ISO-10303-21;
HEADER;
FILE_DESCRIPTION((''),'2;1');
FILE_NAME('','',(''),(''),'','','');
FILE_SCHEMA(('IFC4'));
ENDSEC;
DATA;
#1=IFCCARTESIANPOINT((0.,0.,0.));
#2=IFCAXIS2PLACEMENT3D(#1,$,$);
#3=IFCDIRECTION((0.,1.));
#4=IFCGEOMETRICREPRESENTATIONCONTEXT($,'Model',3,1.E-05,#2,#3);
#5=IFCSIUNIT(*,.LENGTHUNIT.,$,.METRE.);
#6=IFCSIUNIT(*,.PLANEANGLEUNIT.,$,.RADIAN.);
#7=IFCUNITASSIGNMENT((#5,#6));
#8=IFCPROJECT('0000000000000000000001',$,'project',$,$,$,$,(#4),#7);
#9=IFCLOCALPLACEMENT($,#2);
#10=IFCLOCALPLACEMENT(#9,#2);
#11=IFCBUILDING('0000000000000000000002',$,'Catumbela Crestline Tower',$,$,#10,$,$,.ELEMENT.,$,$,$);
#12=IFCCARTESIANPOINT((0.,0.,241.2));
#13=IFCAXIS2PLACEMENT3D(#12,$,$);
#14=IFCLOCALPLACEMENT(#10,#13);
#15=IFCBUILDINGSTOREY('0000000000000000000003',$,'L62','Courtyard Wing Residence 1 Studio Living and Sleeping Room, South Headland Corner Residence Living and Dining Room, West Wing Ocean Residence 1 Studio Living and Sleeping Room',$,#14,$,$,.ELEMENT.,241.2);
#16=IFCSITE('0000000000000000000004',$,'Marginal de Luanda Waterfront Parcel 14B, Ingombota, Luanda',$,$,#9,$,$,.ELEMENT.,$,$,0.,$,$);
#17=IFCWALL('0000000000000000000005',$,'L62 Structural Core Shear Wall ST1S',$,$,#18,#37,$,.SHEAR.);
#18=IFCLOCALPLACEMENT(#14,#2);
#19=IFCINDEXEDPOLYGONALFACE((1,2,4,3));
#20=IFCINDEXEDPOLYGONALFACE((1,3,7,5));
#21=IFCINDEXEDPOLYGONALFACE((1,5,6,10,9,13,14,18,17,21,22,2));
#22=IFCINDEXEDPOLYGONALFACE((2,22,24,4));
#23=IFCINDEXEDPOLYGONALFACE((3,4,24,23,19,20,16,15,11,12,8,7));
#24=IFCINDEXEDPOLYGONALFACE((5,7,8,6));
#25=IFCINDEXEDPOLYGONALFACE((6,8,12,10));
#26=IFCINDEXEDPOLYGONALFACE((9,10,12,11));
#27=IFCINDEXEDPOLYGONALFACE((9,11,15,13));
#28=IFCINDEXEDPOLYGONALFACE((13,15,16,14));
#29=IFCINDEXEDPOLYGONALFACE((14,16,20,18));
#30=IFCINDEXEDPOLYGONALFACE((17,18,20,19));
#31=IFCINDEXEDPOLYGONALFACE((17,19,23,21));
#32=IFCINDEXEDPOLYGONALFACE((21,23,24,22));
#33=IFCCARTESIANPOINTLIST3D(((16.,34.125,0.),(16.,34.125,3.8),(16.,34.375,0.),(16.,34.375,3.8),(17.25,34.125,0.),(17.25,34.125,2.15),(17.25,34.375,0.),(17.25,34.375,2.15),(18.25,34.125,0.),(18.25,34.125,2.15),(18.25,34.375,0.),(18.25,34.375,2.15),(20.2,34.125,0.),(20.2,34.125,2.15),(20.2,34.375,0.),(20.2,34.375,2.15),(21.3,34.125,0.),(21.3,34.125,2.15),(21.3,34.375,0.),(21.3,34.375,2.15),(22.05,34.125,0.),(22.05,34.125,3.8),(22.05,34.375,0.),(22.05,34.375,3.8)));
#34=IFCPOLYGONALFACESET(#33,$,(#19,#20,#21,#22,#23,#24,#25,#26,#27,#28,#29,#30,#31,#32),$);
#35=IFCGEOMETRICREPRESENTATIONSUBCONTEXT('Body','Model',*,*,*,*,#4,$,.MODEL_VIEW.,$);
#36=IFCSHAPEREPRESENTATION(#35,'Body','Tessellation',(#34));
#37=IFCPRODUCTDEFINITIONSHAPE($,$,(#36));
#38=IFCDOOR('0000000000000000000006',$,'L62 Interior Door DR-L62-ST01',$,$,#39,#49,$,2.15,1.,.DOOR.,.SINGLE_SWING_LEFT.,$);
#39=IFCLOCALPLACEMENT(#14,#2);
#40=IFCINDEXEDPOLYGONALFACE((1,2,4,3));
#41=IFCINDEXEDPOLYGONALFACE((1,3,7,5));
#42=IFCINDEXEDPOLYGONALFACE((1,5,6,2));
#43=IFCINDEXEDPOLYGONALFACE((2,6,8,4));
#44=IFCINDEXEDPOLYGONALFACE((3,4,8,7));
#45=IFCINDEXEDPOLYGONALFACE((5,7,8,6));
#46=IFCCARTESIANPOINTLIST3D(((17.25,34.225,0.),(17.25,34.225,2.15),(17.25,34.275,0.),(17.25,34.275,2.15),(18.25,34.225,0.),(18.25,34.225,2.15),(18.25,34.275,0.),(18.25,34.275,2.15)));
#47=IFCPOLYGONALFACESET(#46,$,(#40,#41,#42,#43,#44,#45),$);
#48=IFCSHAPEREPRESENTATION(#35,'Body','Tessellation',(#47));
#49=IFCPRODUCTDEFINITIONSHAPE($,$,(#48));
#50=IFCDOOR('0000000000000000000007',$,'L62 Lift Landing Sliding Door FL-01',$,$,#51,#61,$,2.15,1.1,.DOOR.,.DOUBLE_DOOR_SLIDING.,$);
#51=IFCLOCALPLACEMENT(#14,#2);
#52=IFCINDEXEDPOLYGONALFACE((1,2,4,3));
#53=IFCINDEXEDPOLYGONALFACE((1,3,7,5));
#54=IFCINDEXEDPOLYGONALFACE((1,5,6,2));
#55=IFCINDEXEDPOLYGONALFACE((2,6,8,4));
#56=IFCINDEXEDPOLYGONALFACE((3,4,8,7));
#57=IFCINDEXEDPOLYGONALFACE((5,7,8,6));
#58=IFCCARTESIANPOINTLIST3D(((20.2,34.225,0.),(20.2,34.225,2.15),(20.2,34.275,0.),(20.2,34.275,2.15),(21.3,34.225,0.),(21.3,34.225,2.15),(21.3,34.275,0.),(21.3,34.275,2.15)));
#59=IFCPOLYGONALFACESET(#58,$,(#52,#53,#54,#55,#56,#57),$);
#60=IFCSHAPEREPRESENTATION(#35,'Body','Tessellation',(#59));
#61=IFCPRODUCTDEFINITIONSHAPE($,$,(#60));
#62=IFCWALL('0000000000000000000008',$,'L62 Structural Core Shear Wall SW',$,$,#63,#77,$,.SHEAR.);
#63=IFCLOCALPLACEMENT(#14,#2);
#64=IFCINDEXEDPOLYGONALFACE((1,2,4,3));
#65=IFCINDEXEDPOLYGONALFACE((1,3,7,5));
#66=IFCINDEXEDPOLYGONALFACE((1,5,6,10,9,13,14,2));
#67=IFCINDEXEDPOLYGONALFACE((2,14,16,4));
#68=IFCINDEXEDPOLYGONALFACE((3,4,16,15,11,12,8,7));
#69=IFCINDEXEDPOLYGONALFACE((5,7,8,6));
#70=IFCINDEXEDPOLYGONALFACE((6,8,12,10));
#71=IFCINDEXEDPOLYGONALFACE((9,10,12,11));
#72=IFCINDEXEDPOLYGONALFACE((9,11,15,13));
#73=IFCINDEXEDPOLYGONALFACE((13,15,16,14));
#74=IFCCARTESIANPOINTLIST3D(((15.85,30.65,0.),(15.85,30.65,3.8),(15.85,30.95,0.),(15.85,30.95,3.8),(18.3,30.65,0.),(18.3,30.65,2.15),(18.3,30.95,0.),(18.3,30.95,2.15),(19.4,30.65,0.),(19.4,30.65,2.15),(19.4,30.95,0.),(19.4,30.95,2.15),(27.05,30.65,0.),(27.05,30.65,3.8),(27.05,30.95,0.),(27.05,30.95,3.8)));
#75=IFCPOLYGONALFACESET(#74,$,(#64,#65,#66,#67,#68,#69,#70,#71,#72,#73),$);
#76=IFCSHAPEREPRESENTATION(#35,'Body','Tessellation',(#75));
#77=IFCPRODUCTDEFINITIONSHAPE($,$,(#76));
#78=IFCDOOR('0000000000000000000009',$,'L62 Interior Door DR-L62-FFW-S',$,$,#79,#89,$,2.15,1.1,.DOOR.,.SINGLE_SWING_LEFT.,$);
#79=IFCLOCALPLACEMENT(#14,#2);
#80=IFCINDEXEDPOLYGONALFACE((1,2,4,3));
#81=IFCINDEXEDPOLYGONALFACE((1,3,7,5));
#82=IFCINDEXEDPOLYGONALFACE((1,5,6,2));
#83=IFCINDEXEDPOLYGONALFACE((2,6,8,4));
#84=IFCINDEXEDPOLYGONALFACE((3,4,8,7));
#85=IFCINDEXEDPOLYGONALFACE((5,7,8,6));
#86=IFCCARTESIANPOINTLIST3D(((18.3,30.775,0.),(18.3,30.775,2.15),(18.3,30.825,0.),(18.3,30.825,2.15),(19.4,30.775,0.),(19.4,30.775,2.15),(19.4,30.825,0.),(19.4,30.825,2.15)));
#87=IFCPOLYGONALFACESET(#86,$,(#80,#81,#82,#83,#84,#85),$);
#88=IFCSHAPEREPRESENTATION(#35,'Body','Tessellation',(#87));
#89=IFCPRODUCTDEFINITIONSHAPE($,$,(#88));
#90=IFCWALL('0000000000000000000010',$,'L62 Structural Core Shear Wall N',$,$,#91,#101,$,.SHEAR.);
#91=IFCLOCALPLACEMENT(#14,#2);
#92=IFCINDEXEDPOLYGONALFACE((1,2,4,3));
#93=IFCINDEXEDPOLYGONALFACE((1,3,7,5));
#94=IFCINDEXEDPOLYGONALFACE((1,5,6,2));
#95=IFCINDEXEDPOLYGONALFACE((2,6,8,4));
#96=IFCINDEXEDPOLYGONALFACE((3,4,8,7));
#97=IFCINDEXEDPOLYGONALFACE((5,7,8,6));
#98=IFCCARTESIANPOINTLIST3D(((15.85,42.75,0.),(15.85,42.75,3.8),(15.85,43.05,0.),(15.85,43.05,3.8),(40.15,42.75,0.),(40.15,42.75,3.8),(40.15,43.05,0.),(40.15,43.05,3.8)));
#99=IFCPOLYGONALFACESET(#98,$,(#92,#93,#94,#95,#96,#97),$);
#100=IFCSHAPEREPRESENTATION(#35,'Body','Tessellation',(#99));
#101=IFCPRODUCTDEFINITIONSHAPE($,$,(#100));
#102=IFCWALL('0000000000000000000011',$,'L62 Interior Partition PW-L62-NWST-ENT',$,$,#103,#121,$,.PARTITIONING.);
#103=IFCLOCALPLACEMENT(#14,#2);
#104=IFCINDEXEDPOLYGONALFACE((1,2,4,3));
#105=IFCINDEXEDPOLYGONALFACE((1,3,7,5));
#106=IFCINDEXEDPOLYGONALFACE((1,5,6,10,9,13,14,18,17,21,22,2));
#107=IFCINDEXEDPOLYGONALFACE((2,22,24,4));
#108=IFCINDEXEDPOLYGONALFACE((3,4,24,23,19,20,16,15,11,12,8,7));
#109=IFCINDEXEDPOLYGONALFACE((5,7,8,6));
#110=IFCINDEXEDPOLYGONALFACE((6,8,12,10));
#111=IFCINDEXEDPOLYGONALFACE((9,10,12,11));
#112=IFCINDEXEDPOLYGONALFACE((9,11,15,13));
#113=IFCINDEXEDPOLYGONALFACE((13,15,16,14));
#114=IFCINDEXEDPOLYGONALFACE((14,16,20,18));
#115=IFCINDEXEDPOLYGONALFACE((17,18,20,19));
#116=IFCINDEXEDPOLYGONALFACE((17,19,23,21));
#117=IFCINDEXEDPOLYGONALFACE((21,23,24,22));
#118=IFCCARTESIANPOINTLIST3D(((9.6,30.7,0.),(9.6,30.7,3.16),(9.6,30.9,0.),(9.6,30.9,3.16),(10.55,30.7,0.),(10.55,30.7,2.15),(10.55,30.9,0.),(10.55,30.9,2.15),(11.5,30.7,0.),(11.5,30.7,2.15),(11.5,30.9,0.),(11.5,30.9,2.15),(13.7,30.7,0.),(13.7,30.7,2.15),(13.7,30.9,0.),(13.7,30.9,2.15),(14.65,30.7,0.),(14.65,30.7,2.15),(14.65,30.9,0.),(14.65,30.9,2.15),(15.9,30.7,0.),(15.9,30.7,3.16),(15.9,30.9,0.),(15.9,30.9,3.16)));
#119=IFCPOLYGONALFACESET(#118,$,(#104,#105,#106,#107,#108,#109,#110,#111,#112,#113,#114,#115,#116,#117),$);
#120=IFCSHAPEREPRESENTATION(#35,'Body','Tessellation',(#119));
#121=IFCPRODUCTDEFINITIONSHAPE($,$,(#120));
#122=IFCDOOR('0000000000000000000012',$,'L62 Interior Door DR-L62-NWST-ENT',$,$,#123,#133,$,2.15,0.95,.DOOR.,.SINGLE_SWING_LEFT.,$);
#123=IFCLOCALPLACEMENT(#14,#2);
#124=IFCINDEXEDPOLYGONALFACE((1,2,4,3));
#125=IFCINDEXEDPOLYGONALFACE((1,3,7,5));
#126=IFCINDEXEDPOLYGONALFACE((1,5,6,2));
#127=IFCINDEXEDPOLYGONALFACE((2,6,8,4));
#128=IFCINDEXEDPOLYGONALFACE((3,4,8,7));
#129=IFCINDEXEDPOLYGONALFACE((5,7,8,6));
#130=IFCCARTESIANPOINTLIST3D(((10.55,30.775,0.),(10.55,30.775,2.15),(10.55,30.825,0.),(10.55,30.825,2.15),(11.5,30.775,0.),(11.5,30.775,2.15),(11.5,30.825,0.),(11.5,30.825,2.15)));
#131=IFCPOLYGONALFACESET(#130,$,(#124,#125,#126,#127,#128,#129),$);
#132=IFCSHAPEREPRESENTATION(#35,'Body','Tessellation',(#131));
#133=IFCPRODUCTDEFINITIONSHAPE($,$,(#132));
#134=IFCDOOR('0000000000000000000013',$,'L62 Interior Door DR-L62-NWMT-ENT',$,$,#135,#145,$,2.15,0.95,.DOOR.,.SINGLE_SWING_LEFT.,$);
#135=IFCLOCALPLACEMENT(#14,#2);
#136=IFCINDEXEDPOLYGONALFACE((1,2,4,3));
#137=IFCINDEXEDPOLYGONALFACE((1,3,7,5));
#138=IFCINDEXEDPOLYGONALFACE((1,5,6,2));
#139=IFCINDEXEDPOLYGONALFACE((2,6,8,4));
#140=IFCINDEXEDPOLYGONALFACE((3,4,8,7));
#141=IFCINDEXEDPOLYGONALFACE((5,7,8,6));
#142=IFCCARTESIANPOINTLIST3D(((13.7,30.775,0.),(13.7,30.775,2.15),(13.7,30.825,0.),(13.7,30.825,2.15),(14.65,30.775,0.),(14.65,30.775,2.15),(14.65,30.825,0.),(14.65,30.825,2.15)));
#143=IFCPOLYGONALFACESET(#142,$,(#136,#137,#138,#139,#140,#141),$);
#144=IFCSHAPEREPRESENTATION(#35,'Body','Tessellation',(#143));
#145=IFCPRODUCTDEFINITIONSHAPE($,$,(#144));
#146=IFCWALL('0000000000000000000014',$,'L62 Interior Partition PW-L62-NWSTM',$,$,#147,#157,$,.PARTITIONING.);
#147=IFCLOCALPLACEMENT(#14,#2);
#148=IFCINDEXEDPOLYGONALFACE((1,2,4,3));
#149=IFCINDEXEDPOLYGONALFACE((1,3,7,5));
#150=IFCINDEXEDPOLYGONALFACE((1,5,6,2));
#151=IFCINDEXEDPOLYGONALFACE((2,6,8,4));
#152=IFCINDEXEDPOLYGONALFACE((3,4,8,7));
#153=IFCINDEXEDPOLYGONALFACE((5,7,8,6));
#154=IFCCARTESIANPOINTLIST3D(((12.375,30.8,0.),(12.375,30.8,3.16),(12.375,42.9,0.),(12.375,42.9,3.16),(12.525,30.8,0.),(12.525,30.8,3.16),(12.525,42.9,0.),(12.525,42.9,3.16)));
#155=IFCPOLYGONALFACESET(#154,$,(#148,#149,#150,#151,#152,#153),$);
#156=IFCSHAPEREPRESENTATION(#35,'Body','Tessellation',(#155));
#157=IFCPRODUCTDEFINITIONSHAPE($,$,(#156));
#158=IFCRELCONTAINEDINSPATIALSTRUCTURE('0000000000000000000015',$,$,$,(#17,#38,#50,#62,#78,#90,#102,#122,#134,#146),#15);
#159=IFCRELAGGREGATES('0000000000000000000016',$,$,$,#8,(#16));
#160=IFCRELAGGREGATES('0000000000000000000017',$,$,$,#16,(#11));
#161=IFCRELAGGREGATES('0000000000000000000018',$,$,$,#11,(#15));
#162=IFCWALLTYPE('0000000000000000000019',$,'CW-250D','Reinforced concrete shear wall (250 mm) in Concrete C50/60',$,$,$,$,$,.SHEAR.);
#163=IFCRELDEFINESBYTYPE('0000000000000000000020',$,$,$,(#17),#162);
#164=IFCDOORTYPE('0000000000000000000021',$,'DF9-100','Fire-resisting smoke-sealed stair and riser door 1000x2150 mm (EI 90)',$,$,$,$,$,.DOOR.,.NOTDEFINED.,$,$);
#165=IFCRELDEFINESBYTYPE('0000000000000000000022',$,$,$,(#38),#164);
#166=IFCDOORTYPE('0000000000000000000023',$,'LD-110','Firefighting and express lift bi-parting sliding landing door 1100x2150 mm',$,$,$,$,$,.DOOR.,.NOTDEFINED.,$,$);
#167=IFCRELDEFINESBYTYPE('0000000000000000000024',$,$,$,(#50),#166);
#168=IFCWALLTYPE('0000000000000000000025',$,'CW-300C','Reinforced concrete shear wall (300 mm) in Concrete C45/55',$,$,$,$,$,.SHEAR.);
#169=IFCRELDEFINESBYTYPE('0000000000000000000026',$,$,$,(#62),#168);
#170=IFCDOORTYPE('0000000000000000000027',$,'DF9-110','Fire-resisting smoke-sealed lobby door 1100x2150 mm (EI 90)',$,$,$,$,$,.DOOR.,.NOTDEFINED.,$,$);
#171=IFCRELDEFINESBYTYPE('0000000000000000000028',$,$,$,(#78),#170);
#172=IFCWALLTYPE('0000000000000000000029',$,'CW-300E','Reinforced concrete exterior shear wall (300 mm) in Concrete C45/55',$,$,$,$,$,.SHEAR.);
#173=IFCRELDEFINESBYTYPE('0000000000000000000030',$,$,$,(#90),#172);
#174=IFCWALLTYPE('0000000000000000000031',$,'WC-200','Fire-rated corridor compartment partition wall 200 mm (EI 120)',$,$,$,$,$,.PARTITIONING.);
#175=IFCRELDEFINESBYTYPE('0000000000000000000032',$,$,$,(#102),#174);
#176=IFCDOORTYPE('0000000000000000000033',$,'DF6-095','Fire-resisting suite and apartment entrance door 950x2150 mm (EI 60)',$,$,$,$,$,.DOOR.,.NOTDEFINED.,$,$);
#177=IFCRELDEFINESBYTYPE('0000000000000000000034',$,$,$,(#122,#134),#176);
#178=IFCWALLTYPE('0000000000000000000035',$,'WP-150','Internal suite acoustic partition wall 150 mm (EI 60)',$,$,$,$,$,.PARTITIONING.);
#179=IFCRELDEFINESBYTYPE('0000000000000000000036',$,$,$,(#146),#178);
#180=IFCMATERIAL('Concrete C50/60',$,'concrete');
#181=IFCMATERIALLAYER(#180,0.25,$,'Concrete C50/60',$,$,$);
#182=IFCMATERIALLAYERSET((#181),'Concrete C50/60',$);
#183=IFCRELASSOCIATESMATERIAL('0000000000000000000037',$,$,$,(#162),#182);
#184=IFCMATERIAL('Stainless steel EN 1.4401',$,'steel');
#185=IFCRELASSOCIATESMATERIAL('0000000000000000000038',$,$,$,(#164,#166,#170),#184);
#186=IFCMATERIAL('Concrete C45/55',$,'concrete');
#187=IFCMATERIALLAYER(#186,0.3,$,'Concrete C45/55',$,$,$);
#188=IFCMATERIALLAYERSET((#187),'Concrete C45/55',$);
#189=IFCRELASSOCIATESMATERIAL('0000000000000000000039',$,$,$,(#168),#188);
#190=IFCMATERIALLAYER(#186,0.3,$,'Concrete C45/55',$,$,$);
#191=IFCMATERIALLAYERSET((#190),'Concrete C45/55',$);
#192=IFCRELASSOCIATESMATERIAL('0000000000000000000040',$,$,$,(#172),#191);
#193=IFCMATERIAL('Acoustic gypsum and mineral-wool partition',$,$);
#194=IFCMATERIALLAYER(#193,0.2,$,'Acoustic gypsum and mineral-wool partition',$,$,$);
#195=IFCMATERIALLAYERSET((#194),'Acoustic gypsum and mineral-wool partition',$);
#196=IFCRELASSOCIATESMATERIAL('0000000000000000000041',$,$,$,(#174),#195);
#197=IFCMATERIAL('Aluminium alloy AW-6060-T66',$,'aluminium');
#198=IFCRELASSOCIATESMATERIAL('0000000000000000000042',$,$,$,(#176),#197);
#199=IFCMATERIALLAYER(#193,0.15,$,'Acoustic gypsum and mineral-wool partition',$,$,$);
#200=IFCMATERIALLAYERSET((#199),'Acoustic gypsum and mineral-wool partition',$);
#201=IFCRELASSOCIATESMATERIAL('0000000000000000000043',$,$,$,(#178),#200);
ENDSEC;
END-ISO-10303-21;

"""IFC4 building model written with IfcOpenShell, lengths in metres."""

from ifc_helpers import new_model, si_unit, direction, frame, frame_2d, origin, place, context, subcontext, project, spatial, rectangle, extrude, material, layer, layer_set, type_object, element, fill, save


model = new_model("IFC4")

# Units and contexts
model_context = context("Model", 3, precision=1e-05, world=origin(), true_north=direction((0.0, 1.0)))
body_context = subcontext(model_context, "Body", "Model", "MODEL_VIEW")
ifc_project = project(units=[si_unit("LENGTHUNIT", "METRE"), si_unit("PLANEANGLEUNIT", "RADIAN")], contexts=[model_context])

# Site, building, storey
site_placement = place(None, origin())
site = spatial("IfcSite", under=ifc_project, at=site_placement, Name="Marginal de Luanda Waterfront Parcel 14B, Ingombota, Luanda", CompositionType="ELEMENT", RefElevation=0.0)
building_placement = place(site_placement, origin())
building = spatial("IfcBuilding", under=site, at=building_placement, Name="Catumbela Crestline Tower", CompositionType="ELEMENT")
storey_placement = place(building_placement, frame((0.0, 0.0, 241.2)))
storey = spatial("IfcBuildingStorey", under=building, at=storey_placement, Name="L62", Description="Courtyard Wing Residence 1 Studio Living and Sleeping Room, South Headland Corner Residence Living and Dining Room, West Wing Ocean Residence 1 Studio Living and Sleeping Room", CompositionType="ELEMENT", Elevation=241.2)

# Shared definitions
ifc_material_1 = material(Name="Aluminium alloy AW-6060-T66", Category="aluminium")

# Wall, openings, doors
ifc_material_2 = material(Name="Concrete C50/60", Category="concrete")
ifc_layer_1 = layer(ifc_material_2, 0.25, Name="Concrete C50/60")
ifc_layer_set_1 = layer_set([ifc_layer_1], Name="Concrete C50/60")
wall_type_1 = type_object("IfcWallType", Name="CW-250D", Description="Reinforced concrete shear wall (250 mm) in Concrete C50/60", PredefinedType="SHEAR", material=ifc_layer_set_1)
wall_1_placement = place(storey_placement, frame((16.0, 34.25, 0.0), z_axis=(0.0, 0.0, 1.0), x_axis=(1.0, 0.0, 0.0)))
wall_1 = element("IfcWall", 1, at=wall_1_placement, inside=storey, type_object=wall_type_1, Name="L62 Structural Core Shear Wall ST1S", PredefinedType="SHEAR", context=body_context, shape_type="SweptSolid", body=[
    extrude(rectangle(XDim=6.05, YDim=0.25, at=frame_2d((3.025, 0.0))), origin(), (0.0, 0.0, 1.0), 3.8),
])
opening_1_placement = place(wall_1_placement, frame((1.25, 0.0, 0.0)))
opening_1 = element("IfcOpeningElement", 2, at=opening_1_placement, cuts=wall_1, PredefinedType="OPENING", context=body_context, shape_type="SweptSolid", body=[
    extrude(rectangle(XDim=1.0, YDim=2.15, at=frame_2d((0.5, 1.075))), frame((0.0, 0.135, 0.0), z_axis=(0.0, -1.0, 0.0), x_axis=(1.0, 0.0, 0.0)), (0.0, 0.0, 1.0), 0.27),
])
opening_2_placement = place(wall_1_placement, frame((4.2, 0.0, 0.0)))
opening_2 = element("IfcOpeningElement", 3, at=opening_2_placement, cuts=wall_1, PredefinedType="OPENING", context=body_context, shape_type="SweptSolid", body=[
    extrude(rectangle(XDim=1.1, YDim=2.15, at=frame_2d((0.55, 1.075))), frame((0.0, 0.135, 0.0), z_axis=(0.0, -1.0, 0.0), x_axis=(1.0, 0.0, 0.0)), (0.0, 0.0, 1.0), 0.27),
])
ifc_material_3 = material(Name="Stainless steel EN 1.4401", Category="steel")
door_type_1 = type_object("IfcDoorType", Name="DF9-100", Description="Fire-resisting smoke-sealed stair and riser door 1000x2150 mm (EI 90)", OperationType="NOTDEFINED", PredefinedType="DOOR", material=ifc_material_3)
door_1_placement = place(opening_1_placement, origin())
door_1 = element("IfcDoor", 4, at=door_1_placement, inside=storey, type_object=door_type_1, Name="L62 Interior Door DR-L62-ST01", OperationType="SINGLE_SWING_LEFT", OverallHeight=2.15, OverallWidth=1.0, PredefinedType="DOOR", context=body_context, shape_type="SweptSolid", body=[
    extrude(rectangle(XDim=1.0, YDim=2.15, at=frame_2d((0.5, 1.075))), frame((0.0, 0.025, 0.0), z_axis=(0.0, -1.0, 0.0), x_axis=(1.0, 0.0, 0.0)), (0.0, 0.0, 1.0), 0.05),
])
fill(opening_1, door_1)
door_type_2 = type_object("IfcDoorType", Name="LD-110", Description="Firefighting and express lift bi-parting sliding landing door 1100x2150 mm", OperationType="NOTDEFINED", PredefinedType="DOOR", material=ifc_material_3)
door_2_placement = place(opening_2_placement, origin())
door_2 = element("IfcDoor", 5, at=door_2_placement, inside=storey, type_object=door_type_2, Name="L62 Lift Landing Sliding Door FL-01", OperationType="DOUBLE_DOOR_SLIDING", OverallHeight=2.15, OverallWidth=1.1, PredefinedType="DOOR", context=body_context, shape_type="SweptSolid", body=[
    extrude(rectangle(XDim=1.1, YDim=2.15, at=frame_2d((0.55, 1.075))), frame((0.0, 0.025, 0.0), z_axis=(0.0, -1.0, 0.0), x_axis=(1.0, 0.0, 0.0)), (0.0, 0.0, 1.0), 0.05),
])
fill(opening_2, door_2)

# Wall, opening, door
ifc_material_4 = material(Name="Concrete C45/55", Category="concrete")
ifc_layer_2 = layer(ifc_material_4, 0.3, Name="Concrete C45/55")
ifc_layer_set_2 = layer_set([ifc_layer_2], Name="Concrete C45/55")
wall_type_2 = type_object("IfcWallType", Name="CW-300C", Description="Reinforced concrete shear wall (300 mm) in Concrete C45/55", PredefinedType="SHEAR", material=ifc_layer_set_2)
wall_2_placement = place(storey_placement, frame((15.85, 30.8, 0.0), z_axis=(0.0, 0.0, 1.0), x_axis=(1.0, 0.0, 0.0)))
wall_2 = element("IfcWall", 6, at=wall_2_placement, inside=storey, type_object=wall_type_2, Name="L62 Structural Core Shear Wall SW", PredefinedType="SHEAR", context=body_context, shape_type="SweptSolid", body=[
    extrude(rectangle(XDim=11.2, YDim=0.3, at=frame_2d((5.6, 0.0))), origin(), (0.0, 0.0, 1.0), 3.8),
])
opening_3_placement = place(wall_2_placement, frame((2.45, 0.0, 0.0)))
opening_3 = element("IfcOpeningElement", 7, at=opening_3_placement, cuts=wall_2, PredefinedType="OPENING", context=body_context, shape_type="SweptSolid", body=[
    extrude(rectangle(XDim=1.1, YDim=2.15, at=frame_2d((0.55, 1.075))), frame((0.0, 0.16, 0.0), z_axis=(0.0, -1.0, 0.0), x_axis=(1.0, 0.0, 0.0)), (0.0, 0.0, 1.0), 0.32),
])
door_type_3 = type_object("IfcDoorType", Name="DF9-110", Description="Fire-resisting smoke-sealed lobby door 1100x2150 mm (EI 90)", OperationType="NOTDEFINED", PredefinedType="DOOR", material=ifc_material_3)
door_3_placement = place(opening_3_placement, origin())
door_3 = element("IfcDoor", 8, at=door_3_placement, inside=storey, type_object=door_type_3, Name="L62 Interior Door DR-L62-FFW-S", OperationType="SINGLE_SWING_LEFT", OverallHeight=2.15, OverallWidth=1.1, PredefinedType="DOOR", context=body_context, shape_type="SweptSolid", body=[
    extrude(rectangle(XDim=1.1, YDim=2.15, at=frame_2d((0.55, 1.075))), frame((0.0, 0.025, 0.0), z_axis=(0.0, -1.0, 0.0), x_axis=(1.0, 0.0, 0.0)), (0.0, 0.0, 1.0), 0.05),
])
fill(opening_3, door_3)

# Wall
ifc_layer_3 = layer(ifc_material_4, 0.3, Name="Concrete C45/55")
ifc_layer_set_3 = layer_set([ifc_layer_3], Name="Concrete C45/55")
wall_type_3 = type_object("IfcWallType", Name="CW-300E", Description="Reinforced concrete exterior shear wall (300 mm) in Concrete C45/55", PredefinedType="SHEAR", material=ifc_layer_set_3)
wall_3_placement = place(storey_placement, frame((15.85, 42.9, 0.0), z_axis=(0.0, 0.0, 1.0), x_axis=(1.0, 0.0, 0.0)))
element("IfcWall", 9, at=wall_3_placement, inside=storey, type_object=wall_type_3, Name="L62 Structural Core Shear Wall N", PredefinedType="SHEAR", context=body_context, shape_type="SweptSolid", body=[
    extrude(rectangle(XDim=24.3, YDim=0.3, at=frame_2d((12.15, 0.0))), origin(), (0.0, 0.0, 1.0), 3.8),
])

# Wall, openings, doors
ifc_material_5 = material(Name="Acoustic gypsum and mineral-wool partition")
ifc_layer_4 = layer(ifc_material_5, 0.2, Name="Acoustic gypsum and mineral-wool partition")
ifc_layer_set_4 = layer_set([ifc_layer_4], Name="Acoustic gypsum and mineral-wool partition")
wall_type_4 = type_object("IfcWallType", Name="WC-200", Description="Fire-rated corridor compartment partition wall 200 mm (EI 120)", PredefinedType="PARTITIONING", material=ifc_layer_set_4)
wall_4_placement = place(storey_placement, frame((9.6, 30.8, 0.0), z_axis=(0.0, 0.0, 1.0), x_axis=(1.0, 0.0, 0.0)))
wall_4 = element("IfcWall", 10, at=wall_4_placement, inside=storey, type_object=wall_type_4, Name="L62 Interior Partition PW-L62-NWST-ENT", PredefinedType="PARTITIONING", context=body_context, shape_type="SweptSolid", body=[
    extrude(rectangle(XDim=6.3, YDim=0.2, at=frame_2d((3.15, 0.0))), origin(), (0.0, 0.0, 1.0), 3.16),
])
opening_4_placement = place(wall_4_placement, frame((0.95, 0.0, 0.0)))
opening_4 = element("IfcOpeningElement", 11, at=opening_4_placement, cuts=wall_4, PredefinedType="OPENING", context=body_context, shape_type="SweptSolid", body=[
    extrude(rectangle(XDim=0.95, YDim=2.15, at=frame_2d((0.475, 1.075))), frame((0.0, 0.11, 0.0), z_axis=(0.0, -1.0, 0.0), x_axis=(1.0, 0.0, 0.0)), (0.0, 0.0, 1.0), 0.22),
])
opening_5_placement = place(wall_4_placement, frame((4.1, 0.0, 0.0)))
opening_5 = element("IfcOpeningElement", 12, at=opening_5_placement, cuts=wall_4, PredefinedType="OPENING", context=body_context, shape_type="SweptSolid", body=[
    extrude(rectangle(XDim=0.95, YDim=2.15, at=frame_2d((0.475, 1.075))), frame((0.0, 0.11, 0.0), z_axis=(0.0, -1.0, 0.0), x_axis=(1.0, 0.0, 0.0)), (0.0, 0.0, 1.0), 0.22),
])
door_type_4 = type_object("IfcDoorType", Name="DF6-095", Description="Fire-resisting suite and apartment entrance door 950x2150 mm (EI 60)", OperationType="NOTDEFINED", PredefinedType="DOOR", material=ifc_material_1)
door_4_placement = place(opening_4_placement, origin())
door_4 = element("IfcDoor", 13, at=door_4_placement, inside=storey, type_object=door_type_4, Name="L62 Interior Door DR-L62-NWST-ENT", OperationType="SINGLE_SWING_LEFT", OverallHeight=2.15, OverallWidth=0.95, PredefinedType="DOOR", context=body_context, shape_type="SweptSolid", body=[
    extrude(rectangle(XDim=0.95, YDim=2.15, at=frame_2d((0.475, 1.075))), frame((0.0, 0.025, 0.0), z_axis=(0.0, -1.0, 0.0), x_axis=(1.0, 0.0, 0.0)), (0.0, 0.0, 1.0), 0.05),
])
fill(opening_4, door_4)
door_5_placement = place(opening_5_placement, origin())
door_5 = element("IfcDoor", 14, at=door_5_placement, inside=storey, type_object=door_type_4, Name="L62 Interior Door DR-L62-NWMT-ENT", OperationType="SINGLE_SWING_LEFT", OverallHeight=2.15, OverallWidth=0.95, PredefinedType="DOOR", context=body_context, shape_type="SweptSolid", body=[
    extrude(rectangle(XDim=0.95, YDim=2.15, at=frame_2d((0.475, 1.075))), frame((0.0, 0.025, 0.0), z_axis=(0.0, -1.0, 0.0), x_axis=(1.0, 0.0, 0.0)), (0.0, 0.0, 1.0), 0.05),
])
fill(opening_5, door_5)

# Wall
ifc_layer_5 = layer(ifc_material_5, 0.15, Name="Acoustic gypsum and mineral-wool partition")
ifc_layer_set_5 = layer_set([ifc_layer_5], Name="Acoustic gypsum and mineral-wool partition")
wall_type_5 = type_object("IfcWallType", Name="WP-150", Description="Internal suite acoustic partition wall 150 mm (EI 60)", PredefinedType="PARTITIONING", material=ifc_layer_set_5)
wall_5_placement = place(storey_placement, frame((12.45, 30.8, 0.0), z_axis=(0.0, 0.0, 1.0), x_axis=(0.0, 1.0, 0.0)))
element("IfcWall", 15, at=wall_5_placement, inside=storey, type_object=wall_type_5, Name="L62 Interior Partition PW-L62-NWSTM", PredefinedType="PARTITIONING", context=body_context, shape_type="SweptSolid", body=[
    extrude(rectangle(XDim=12.1, YDim=0.15, at=frame_2d((6.05, 0.0))), origin(), (0.0, 0.0, 1.0), 3.16),
])

save(model, "model.ifc")
